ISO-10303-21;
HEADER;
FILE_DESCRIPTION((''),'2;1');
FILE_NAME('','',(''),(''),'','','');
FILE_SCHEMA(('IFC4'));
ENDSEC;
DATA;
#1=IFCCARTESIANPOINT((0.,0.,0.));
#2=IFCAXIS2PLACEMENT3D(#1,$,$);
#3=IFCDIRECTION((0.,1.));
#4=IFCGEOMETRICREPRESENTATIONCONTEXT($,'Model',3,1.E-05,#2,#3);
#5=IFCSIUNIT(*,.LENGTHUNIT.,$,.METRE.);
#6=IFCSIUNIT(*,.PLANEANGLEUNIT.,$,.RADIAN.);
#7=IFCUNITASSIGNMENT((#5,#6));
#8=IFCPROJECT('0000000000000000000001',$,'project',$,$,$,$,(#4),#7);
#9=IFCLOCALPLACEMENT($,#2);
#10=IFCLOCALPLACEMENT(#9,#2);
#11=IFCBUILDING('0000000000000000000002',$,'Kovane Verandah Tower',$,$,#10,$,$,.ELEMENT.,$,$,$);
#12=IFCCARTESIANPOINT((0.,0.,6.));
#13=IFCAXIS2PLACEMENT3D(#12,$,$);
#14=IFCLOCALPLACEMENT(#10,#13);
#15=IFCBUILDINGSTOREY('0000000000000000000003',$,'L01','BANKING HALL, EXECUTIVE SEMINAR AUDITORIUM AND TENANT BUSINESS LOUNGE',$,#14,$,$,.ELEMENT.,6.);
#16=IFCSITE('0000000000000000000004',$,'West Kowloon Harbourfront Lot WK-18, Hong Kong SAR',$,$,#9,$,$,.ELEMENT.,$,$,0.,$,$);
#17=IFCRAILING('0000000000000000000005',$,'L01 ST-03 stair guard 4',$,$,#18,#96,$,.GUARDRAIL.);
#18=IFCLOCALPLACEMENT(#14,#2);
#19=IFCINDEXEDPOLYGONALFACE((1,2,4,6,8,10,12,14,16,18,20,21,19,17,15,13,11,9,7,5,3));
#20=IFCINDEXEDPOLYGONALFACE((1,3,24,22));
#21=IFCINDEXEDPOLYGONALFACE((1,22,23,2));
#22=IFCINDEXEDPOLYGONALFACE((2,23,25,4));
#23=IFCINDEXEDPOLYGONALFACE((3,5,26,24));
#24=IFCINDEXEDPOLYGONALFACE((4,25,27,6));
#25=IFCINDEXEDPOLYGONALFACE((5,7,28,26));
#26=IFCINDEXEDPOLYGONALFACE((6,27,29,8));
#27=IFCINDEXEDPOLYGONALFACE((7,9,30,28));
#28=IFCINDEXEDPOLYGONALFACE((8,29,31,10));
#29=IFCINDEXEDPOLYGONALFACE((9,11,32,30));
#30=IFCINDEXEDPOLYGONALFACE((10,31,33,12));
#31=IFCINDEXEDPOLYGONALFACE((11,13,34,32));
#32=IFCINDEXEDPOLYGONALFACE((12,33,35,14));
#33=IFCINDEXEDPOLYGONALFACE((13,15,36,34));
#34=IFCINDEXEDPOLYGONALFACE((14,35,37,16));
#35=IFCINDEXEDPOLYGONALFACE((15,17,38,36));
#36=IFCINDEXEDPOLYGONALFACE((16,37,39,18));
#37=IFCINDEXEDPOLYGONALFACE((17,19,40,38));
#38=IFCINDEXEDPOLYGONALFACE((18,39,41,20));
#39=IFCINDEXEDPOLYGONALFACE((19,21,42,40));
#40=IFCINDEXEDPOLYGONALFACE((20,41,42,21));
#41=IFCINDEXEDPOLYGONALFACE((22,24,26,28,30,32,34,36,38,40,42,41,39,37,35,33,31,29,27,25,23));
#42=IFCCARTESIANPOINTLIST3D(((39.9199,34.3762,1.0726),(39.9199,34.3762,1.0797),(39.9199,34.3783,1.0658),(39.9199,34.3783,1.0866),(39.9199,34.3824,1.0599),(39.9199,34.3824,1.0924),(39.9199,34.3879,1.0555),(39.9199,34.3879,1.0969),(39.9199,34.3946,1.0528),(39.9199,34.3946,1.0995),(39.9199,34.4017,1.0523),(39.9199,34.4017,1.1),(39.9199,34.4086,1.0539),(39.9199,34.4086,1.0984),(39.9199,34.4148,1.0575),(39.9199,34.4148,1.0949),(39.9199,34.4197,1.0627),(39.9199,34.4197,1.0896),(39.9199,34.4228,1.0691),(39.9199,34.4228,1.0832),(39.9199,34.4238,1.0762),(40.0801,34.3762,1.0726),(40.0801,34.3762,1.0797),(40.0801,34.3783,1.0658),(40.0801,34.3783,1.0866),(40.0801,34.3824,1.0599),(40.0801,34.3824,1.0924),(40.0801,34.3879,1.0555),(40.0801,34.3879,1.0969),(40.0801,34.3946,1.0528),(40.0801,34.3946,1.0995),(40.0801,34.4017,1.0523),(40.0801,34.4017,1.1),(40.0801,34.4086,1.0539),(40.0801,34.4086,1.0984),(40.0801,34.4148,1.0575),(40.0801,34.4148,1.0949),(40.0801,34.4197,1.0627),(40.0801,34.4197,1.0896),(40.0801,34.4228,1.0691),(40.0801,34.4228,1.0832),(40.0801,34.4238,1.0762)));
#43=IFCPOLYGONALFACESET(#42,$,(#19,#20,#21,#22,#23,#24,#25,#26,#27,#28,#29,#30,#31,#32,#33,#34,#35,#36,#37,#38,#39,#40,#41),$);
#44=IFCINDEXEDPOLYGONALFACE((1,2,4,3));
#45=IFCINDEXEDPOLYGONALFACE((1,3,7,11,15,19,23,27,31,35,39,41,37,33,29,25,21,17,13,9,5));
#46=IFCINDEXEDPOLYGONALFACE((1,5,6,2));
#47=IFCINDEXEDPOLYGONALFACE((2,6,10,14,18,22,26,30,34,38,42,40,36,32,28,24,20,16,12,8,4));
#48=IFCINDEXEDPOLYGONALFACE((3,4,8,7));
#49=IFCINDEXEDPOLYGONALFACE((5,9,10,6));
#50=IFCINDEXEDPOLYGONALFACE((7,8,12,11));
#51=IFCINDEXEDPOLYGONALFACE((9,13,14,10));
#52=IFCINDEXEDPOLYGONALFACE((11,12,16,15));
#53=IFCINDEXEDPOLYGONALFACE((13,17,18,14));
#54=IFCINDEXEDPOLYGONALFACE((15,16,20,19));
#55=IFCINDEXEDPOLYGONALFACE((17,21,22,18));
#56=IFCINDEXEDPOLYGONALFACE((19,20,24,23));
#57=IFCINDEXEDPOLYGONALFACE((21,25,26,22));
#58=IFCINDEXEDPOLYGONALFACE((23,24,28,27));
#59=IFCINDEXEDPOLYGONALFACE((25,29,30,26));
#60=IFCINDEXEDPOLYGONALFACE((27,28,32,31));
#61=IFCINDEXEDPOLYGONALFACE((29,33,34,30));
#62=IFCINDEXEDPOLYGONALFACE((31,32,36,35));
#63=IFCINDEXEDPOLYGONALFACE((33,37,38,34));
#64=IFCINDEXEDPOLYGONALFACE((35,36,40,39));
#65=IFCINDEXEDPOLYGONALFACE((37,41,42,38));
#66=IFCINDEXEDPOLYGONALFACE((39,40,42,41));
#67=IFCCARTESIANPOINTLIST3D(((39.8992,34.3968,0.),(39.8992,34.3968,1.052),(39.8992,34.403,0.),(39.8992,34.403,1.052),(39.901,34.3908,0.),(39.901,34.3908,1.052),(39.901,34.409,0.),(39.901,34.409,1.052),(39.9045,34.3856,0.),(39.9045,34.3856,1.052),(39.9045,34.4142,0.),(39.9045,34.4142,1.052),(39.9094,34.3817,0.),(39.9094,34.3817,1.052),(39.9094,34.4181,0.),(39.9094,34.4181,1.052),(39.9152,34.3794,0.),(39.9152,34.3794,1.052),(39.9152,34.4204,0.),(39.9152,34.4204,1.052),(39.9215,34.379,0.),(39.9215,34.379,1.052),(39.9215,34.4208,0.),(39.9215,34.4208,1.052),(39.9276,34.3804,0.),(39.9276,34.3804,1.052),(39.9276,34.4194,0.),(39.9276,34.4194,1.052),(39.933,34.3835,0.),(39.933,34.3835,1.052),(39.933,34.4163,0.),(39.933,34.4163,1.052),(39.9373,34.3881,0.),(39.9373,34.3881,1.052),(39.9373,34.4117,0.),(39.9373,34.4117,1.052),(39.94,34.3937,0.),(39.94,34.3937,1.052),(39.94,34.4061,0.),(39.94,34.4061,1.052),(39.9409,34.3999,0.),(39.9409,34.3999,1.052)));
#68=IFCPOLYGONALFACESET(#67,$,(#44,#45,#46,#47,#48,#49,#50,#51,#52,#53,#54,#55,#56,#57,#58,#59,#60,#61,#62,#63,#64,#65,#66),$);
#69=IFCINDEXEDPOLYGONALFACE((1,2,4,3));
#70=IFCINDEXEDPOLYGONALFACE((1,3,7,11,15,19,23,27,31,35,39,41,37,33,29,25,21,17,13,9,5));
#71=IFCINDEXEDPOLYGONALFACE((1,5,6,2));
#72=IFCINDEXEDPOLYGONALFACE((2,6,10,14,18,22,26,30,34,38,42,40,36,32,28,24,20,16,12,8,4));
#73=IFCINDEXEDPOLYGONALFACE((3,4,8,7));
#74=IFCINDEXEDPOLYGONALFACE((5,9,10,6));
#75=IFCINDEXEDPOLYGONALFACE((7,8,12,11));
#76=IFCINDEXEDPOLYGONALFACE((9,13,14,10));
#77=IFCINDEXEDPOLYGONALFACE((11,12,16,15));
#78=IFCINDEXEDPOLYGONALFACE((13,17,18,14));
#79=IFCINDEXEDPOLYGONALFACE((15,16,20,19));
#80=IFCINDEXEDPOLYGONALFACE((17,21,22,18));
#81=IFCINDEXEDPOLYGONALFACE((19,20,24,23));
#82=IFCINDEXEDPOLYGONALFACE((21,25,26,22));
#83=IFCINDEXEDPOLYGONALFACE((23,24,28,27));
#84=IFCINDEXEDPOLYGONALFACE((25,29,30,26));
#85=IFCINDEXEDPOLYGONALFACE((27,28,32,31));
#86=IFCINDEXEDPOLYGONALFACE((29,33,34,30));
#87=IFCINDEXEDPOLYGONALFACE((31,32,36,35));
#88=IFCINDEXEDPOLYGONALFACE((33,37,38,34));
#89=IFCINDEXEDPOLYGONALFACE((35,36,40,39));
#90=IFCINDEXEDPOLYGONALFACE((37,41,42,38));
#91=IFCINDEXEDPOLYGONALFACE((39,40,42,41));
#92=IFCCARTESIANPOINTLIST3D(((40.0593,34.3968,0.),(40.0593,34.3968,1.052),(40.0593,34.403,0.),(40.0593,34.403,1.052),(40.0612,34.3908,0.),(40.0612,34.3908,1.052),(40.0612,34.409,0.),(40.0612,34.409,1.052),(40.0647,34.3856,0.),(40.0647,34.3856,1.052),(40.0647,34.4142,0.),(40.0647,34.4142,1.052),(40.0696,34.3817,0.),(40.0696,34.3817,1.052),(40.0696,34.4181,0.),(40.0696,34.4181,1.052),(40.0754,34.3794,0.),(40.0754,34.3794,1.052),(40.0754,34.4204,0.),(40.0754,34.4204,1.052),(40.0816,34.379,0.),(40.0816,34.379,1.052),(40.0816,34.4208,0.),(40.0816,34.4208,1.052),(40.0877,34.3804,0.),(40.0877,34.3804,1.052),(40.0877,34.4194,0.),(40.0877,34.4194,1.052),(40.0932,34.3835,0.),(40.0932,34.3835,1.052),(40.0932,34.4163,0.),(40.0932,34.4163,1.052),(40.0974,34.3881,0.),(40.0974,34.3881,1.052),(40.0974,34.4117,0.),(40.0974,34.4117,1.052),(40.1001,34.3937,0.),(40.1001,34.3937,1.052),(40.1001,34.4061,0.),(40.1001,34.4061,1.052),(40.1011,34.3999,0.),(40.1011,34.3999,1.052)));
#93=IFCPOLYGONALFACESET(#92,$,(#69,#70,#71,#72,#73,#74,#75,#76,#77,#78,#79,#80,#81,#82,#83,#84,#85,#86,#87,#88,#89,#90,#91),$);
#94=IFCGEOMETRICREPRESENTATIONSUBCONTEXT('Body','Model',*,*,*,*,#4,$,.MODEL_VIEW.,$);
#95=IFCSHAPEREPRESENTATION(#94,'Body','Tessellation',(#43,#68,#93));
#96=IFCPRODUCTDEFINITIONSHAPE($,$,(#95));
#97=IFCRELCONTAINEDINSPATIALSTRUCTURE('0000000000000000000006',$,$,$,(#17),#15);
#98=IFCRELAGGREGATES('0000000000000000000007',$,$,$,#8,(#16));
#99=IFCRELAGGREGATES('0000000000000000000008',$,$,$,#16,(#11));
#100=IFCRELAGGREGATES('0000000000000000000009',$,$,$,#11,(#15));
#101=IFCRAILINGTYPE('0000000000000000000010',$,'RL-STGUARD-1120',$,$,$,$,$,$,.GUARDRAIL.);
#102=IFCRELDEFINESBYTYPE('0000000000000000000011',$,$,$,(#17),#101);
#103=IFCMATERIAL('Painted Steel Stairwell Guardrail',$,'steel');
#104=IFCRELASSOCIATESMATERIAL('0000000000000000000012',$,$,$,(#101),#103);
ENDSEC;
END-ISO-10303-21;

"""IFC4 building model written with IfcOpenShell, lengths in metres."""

from ifc_helpers import new_model, si_unit, direction, frame, origin, origin_2d, place, context, subcontext, project, spatial, circle, extrude, material, type_object, element, save


model = new_model("IFC4")

# Units and contexts
model_context = context("Model", 3, precision=1e-05, world=origin(), true_north=direction((0.0, 1.0)))
body_context = subcontext(model_context, "Body", "Model", "MODEL_VIEW")
ifc_project = project(units=[si_unit("LENGTHUNIT", "METRE"), si_unit("PLANEANGLEUNIT", "RADIAN")], contexts=[model_context])

# Site, building, storey
site_placement = place(None, origin())
site = spatial("IfcSite", under=ifc_project, at=site_placement, Name="West Kowloon Harbourfront Lot WK-18, Hong Kong SAR", CompositionType="ELEMENT", RefElevation=0.0)
building_placement = place(site_placement, origin())
building = spatial("IfcBuilding", under=site, at=building_placement, Name="Kovane Verandah Tower", CompositionType="ELEMENT")
storey_placement = place(building_placement, frame((0.0, 0.0, 6.0)))
storey = spatial("IfcBuildingStorey", under=building, at=storey_placement, Name="L01", Description="BANKING HALL, EXECUTIVE SEMINAR AUDITORIUM AND TENANT BUSINESS LOUNGE", CompositionType="ELEMENT", Elevation=6.0)

# Railing
ifc_material_1 = material(Name="Painted Steel Stairwell Guardrail", Category="steel")
railing_type_1 = type_object("IfcRailingType", Name="RL-STGUARD-1120", PredefinedType="GUARDRAIL", material=ifc_material_1)
railing_1_placement = place(storey_placement, frame((39.9199, 34.3999, 0.0)))
element("IfcRailing", 1, at=railing_1_placement, inside=storey, type_object=railing_type_1, Name="L01 ST-03 stair guard 4", PredefinedType="GUARDRAIL", context=body_context, shape_type="SweptSolid", body=[
    extrude(circle(Radius=0.0239, at=origin_2d()), frame((0.0, 0.0, 1.0762), z_axis=(1.0, 0.0, 0.0), x_axis=(0.0, 1.0, 0.0)), (0.0, 0.0, 1.0), 0.1602),
    extrude(circle(Radius=0.021, at=origin_2d()), origin(), (0.0, 0.0, 1.0), 1.052),
    extrude(circle(Radius=0.021, at=origin_2d()), frame((0.1602, 0.0, 0.0)), (0.0, 0.0, 1.0), 1.052),
])

save(model, "model.ifc")
